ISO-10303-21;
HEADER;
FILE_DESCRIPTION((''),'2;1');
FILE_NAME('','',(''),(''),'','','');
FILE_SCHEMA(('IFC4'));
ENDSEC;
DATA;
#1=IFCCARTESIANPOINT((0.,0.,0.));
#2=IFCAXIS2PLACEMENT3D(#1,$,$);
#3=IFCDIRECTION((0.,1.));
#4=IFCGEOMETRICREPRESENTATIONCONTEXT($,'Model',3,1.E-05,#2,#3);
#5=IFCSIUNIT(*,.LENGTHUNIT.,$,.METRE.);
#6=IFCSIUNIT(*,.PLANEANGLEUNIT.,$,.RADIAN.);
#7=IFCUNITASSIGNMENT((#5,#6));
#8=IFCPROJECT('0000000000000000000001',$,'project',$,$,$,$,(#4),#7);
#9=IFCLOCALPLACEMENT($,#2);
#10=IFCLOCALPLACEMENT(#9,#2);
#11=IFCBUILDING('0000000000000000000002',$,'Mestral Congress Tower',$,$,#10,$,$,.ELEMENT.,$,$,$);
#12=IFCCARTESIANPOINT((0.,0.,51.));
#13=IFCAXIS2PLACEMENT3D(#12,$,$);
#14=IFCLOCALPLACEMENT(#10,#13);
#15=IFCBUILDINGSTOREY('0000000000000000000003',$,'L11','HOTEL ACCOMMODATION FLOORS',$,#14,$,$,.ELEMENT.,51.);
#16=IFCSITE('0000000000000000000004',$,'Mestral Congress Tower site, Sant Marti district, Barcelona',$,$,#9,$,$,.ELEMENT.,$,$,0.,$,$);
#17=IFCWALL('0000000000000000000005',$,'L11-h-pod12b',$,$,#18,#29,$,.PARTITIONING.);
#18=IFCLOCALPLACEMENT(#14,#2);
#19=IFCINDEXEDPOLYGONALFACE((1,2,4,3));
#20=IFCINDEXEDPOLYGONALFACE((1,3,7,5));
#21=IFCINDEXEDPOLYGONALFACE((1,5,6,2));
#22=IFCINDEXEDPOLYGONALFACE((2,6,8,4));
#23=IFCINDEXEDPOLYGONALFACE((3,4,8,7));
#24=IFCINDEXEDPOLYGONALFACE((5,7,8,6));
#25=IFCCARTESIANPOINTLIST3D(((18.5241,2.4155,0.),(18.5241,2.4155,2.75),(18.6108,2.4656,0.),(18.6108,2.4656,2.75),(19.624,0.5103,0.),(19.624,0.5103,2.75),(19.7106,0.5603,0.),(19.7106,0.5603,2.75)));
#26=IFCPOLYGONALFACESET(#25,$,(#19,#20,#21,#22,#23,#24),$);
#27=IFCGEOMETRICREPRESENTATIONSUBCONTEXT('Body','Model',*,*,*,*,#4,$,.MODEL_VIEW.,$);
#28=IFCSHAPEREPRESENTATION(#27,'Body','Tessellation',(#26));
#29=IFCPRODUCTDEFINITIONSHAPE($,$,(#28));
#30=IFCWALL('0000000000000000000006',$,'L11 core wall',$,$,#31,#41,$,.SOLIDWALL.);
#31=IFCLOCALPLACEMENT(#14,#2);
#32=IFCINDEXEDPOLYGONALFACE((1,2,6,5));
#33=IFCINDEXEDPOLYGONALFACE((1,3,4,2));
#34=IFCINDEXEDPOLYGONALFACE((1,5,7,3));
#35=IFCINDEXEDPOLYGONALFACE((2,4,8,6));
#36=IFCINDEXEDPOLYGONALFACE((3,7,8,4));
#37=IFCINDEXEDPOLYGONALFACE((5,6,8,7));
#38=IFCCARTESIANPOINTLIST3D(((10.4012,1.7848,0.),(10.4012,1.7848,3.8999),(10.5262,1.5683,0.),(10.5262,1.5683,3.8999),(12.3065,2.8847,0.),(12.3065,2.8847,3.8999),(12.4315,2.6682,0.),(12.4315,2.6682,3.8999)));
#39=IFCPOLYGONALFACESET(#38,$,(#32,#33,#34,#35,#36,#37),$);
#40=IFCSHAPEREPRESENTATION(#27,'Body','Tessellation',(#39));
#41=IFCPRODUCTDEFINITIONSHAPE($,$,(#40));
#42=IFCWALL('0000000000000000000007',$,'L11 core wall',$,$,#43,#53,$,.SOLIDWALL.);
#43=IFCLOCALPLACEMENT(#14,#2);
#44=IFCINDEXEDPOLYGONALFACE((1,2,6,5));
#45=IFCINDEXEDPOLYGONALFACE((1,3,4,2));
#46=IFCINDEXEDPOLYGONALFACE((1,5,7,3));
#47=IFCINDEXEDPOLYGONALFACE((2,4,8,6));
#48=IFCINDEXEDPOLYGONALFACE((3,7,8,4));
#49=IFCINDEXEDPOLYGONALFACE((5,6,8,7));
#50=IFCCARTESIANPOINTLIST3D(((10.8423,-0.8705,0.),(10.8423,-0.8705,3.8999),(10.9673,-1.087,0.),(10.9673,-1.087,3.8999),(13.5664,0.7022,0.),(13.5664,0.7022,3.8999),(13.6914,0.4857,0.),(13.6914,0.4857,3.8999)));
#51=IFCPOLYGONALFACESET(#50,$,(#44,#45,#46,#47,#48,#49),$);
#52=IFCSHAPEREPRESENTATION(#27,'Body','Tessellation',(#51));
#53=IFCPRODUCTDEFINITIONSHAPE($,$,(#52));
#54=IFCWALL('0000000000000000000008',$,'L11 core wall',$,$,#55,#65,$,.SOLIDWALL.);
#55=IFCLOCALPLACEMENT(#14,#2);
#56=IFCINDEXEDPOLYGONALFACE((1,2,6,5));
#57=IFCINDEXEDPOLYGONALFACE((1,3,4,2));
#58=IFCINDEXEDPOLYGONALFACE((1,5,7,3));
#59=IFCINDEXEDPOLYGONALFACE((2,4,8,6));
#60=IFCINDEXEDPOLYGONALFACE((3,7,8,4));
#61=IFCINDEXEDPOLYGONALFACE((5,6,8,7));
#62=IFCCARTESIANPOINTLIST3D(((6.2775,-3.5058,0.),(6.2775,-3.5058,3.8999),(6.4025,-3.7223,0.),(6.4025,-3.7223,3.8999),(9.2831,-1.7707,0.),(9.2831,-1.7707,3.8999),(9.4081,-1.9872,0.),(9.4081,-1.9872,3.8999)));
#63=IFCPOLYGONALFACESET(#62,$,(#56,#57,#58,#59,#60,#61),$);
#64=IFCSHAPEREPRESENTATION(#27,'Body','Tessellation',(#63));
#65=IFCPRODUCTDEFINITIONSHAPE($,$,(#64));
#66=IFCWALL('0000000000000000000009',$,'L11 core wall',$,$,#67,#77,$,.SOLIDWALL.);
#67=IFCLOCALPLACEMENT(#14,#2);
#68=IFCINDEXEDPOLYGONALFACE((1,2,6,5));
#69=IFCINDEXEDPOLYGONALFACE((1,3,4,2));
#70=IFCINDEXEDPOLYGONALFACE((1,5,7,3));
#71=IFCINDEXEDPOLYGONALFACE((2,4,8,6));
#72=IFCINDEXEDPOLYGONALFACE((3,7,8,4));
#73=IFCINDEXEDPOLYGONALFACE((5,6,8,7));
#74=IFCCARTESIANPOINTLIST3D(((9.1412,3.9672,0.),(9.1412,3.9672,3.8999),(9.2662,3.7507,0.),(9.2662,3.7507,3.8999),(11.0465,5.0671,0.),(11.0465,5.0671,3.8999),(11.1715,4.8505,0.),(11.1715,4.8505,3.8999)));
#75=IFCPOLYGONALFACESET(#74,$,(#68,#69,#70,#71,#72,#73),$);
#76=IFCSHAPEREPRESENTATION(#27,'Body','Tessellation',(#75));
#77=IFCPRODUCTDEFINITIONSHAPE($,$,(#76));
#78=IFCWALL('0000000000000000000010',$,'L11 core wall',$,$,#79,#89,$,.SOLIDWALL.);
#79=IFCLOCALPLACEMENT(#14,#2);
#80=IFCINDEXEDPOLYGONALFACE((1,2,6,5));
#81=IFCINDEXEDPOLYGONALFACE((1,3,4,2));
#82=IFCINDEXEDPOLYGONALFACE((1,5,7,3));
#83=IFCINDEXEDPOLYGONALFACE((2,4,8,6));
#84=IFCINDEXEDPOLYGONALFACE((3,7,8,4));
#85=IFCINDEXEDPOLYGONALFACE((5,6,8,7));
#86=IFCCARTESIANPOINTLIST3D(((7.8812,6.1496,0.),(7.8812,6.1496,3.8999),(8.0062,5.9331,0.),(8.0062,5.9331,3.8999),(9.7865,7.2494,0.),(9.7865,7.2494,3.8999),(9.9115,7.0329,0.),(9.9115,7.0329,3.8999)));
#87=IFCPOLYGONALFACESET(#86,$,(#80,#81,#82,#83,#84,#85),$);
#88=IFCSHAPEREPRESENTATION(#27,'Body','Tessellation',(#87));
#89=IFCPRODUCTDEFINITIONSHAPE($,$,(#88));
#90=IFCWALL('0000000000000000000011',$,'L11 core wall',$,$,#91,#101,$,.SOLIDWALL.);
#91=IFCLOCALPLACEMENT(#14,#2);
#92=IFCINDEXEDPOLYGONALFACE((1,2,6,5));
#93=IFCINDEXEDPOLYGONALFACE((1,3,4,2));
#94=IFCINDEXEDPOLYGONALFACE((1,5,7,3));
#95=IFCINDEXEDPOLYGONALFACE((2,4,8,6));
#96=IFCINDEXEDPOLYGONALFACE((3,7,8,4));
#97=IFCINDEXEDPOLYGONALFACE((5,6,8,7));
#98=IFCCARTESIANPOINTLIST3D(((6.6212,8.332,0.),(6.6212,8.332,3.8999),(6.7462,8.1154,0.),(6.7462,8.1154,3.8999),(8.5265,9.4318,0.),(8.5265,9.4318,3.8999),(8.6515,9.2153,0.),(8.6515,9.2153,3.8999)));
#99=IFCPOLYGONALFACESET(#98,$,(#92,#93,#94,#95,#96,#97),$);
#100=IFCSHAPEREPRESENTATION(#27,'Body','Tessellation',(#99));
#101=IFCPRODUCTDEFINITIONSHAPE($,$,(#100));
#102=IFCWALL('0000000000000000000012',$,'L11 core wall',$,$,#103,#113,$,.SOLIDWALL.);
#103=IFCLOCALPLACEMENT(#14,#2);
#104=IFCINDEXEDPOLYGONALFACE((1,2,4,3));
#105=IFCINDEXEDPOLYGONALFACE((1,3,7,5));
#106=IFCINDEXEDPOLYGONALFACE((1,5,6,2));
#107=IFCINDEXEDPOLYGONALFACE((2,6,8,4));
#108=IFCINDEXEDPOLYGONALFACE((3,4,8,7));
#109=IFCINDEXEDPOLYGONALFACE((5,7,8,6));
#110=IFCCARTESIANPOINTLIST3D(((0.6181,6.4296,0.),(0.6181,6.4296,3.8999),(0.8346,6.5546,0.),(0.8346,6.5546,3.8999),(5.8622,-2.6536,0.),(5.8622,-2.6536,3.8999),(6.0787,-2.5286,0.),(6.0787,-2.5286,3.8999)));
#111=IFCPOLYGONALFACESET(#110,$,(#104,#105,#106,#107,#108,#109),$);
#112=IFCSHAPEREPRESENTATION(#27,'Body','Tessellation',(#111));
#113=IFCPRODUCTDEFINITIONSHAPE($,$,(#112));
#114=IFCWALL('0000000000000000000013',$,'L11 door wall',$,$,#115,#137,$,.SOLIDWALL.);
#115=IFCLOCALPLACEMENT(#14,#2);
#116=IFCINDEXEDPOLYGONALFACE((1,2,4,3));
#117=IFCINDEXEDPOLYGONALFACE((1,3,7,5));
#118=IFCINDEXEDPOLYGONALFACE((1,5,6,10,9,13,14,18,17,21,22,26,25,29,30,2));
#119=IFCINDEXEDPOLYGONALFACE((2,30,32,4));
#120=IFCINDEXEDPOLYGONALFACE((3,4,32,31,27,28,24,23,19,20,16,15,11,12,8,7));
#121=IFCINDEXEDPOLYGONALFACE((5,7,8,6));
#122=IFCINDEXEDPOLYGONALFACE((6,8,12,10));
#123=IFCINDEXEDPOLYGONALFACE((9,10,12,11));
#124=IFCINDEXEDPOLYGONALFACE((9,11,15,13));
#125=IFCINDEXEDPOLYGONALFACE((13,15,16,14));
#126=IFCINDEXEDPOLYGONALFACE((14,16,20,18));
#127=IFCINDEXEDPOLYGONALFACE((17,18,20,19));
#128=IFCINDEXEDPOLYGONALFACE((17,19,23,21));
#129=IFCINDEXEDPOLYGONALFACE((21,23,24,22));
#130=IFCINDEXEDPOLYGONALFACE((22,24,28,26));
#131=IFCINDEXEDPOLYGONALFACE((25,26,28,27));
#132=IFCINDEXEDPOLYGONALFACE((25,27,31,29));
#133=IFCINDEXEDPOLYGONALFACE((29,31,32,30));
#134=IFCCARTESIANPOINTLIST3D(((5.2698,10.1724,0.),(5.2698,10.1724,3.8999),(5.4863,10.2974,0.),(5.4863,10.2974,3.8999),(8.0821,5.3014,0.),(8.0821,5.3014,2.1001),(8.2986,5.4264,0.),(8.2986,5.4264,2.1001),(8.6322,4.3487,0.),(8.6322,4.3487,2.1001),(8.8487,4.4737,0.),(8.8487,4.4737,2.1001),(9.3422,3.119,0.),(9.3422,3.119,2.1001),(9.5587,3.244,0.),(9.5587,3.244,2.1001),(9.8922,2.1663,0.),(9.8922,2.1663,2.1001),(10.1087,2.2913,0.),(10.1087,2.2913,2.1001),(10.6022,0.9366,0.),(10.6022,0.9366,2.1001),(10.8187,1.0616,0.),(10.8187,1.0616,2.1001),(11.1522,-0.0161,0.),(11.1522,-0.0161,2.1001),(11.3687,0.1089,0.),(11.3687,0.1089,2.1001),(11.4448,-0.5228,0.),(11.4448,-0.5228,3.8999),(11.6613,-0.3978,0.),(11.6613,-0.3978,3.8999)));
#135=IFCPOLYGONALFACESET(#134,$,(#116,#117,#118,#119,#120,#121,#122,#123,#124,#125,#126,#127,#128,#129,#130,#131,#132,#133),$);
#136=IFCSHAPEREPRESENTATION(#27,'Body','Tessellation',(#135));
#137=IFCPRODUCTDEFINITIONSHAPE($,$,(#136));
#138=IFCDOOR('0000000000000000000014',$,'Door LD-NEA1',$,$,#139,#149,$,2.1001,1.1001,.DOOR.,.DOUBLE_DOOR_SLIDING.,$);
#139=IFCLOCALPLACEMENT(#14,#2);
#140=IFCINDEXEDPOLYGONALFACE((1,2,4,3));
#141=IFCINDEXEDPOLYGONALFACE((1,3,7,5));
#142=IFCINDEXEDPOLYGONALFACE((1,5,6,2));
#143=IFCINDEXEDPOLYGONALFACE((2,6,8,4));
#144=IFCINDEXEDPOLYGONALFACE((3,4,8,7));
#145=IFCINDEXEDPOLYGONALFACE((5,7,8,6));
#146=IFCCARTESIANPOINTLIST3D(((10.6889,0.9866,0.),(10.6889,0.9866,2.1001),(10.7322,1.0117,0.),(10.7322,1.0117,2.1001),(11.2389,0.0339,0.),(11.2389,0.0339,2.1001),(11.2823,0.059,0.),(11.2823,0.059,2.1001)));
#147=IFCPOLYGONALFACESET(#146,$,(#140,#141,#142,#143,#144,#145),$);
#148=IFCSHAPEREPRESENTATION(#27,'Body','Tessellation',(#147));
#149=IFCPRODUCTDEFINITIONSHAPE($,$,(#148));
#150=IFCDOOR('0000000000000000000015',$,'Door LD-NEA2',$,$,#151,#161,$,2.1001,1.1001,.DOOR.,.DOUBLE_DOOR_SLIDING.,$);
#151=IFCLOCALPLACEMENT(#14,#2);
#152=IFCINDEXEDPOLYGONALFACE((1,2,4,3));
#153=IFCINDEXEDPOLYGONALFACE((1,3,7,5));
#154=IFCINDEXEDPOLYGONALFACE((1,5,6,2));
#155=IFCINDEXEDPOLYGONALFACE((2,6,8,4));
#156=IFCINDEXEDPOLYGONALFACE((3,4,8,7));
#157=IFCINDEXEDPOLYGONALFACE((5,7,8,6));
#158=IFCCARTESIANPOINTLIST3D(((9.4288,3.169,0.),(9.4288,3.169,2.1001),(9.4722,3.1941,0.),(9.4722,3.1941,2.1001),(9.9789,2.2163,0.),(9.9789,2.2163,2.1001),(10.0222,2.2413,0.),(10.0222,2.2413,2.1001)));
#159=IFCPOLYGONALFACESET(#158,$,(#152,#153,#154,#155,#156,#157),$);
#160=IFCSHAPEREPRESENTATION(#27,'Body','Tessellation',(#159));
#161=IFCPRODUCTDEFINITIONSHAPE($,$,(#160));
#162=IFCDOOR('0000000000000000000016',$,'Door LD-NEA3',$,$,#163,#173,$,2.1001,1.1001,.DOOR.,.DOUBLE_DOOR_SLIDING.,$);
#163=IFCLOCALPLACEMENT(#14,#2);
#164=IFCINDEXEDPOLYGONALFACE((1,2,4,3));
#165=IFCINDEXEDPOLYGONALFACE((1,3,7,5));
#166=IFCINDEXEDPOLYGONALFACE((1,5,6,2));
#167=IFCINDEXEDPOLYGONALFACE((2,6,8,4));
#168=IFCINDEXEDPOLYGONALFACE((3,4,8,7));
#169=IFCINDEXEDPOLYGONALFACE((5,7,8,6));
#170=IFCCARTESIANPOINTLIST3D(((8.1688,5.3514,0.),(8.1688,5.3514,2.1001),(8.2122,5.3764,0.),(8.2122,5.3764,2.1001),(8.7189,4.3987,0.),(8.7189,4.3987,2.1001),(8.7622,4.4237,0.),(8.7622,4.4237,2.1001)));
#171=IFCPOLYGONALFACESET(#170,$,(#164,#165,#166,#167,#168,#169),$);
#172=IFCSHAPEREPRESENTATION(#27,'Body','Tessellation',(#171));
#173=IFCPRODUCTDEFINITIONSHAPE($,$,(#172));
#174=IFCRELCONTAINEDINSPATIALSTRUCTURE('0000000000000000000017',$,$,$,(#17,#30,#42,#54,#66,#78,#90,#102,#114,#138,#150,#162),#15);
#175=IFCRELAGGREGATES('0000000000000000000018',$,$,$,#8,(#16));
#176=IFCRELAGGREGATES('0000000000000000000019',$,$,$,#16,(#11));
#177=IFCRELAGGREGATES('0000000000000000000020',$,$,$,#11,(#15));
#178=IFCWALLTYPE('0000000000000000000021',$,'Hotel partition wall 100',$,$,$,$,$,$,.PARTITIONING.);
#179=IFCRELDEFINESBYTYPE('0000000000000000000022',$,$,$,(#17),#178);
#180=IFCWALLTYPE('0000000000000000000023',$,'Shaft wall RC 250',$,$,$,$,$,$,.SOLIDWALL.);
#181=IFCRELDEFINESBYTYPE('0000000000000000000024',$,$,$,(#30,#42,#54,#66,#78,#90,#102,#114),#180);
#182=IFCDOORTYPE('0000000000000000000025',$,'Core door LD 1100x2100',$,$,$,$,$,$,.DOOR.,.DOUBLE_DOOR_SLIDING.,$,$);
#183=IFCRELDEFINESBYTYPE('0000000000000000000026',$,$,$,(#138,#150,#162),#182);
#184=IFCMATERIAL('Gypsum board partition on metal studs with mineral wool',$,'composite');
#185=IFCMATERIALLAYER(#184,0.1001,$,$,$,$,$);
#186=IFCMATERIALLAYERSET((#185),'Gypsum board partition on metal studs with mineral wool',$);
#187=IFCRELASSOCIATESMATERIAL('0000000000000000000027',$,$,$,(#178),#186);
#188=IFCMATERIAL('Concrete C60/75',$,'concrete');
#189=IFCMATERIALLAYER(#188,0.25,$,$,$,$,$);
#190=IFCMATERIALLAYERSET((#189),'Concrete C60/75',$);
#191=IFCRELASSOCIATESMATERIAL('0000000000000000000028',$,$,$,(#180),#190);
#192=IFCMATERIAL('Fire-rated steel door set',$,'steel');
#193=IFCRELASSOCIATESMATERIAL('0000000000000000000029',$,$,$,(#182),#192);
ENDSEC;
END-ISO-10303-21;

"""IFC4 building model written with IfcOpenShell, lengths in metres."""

from ifc_helpers import new_model, si_unit, direction, frame, frame_2d, origin, place, context, subcontext, project, spatial, rectangle, extrude, material, layer, layer_set, type_object, element, fill, save


model = new_model("IFC4")

# Units and contexts
model_context = context("Model", 3, precision=1e-05, world=origin(), true_north=direction((0.0, 1.0)))
body_context = subcontext(model_context, "Body", "Model", "MODEL_VIEW")
ifc_project = project(units=[si_unit("LENGTHUNIT", "METRE"), si_unit("PLANEANGLEUNIT", "RADIAN")], contexts=[model_context])

# Site, building, storey
site_placement = place(None, origin())
site = spatial("IfcSite", under=ifc_project, at=site_placement, Name="Mestral Congress Tower site, Sant Marti district, Barcelona", CompositionType="ELEMENT", RefElevation=0.0)
building_placement = place(site_placement, origin())
building = spatial("IfcBuilding", under=site, at=building_placement, Name="Mestral Congress Tower", CompositionType="ELEMENT")
storey_placement = place(building_placement, frame((0.0, 0.0, 51.0)))
storey = spatial("IfcBuildingStorey", under=building, at=storey_placement, Name="L11", Description="HOTEL ACCOMMODATION FLOORS", CompositionType="ELEMENT", Elevation=51.0)

# Walls
ifc_material_1 = material(Name="Gypsum board partition on metal studs with mineral wool", Category="composite")
ifc_layer_1 = layer(ifc_material_1, 0.1001)
ifc_layer_set_1 = layer_set([ifc_layer_1], Name="Gypsum board partition on metal studs with mineral wool")
wall_type_1 = type_object("IfcWallType", Name="Hotel partition wall 100", PredefinedType="PARTITIONING", material=ifc_layer_set_1)
wall_1_placement = place(storey_placement, frame((18.5674, 2.4407, 0.0), z_axis=(0.0, 0.0, 1.0), x_axis=(0.499947, -0.866056, 0.0)))
element("IfcWall", 1, at=wall_1_placement, inside=storey, type_object=wall_type_1, Name="L11-h-pod12b", PredefinedType="PARTITIONING", context=body_context, shape_type="SweptSolid", body=[
    extrude(rectangle(XDim=2.2, YDim=0.1001, at=frame_2d((1.1001, 0.0))), origin(), (0.0, 0.0, 1.0), 2.75),
])
ifc_material_2 = material(Name="Concrete C60/75", Category="concrete")
ifc_layer_2 = layer(ifc_material_2, 0.25)
ifc_layer_set_2 = layer_set([ifc_layer_2], Name="Concrete C60/75")
wall_type_2 = type_object("IfcWallType", Name="Shaft wall RC 250", PredefinedType="SOLIDWALL", material=ifc_layer_set_2)
wall_2_placement = place(storey_placement, frame((10.4636, 1.6765, 0.0), z_axis=(0.0, 0.0, 1.0), x_axis=(0.866056, 0.499947, 0.0)))
element("IfcWall", 2, at=wall_2_placement, inside=storey, type_object=wall_type_2, Name="L11 core wall", PredefinedType="SOLIDWALL", context=body_context, shape_type="SweptSolid", body=[
    extrude(rectangle(XDim=2.2, YDim=0.25, at=frame_2d((1.1001, 0.0))), origin(), (0.0, 0.0, 1.0), 3.8999),
])
wall_3_placement = place(storey_placement, frame((13.6289, 0.594, 0.0), z_axis=(0.0, 0.0, 1.0), x_axis=(-0.866028, -0.499996, 0.0)))
element("IfcWall", 3, at=wall_3_placement, inside=storey, type_object=wall_type_2, Name="L11 core wall", PredefinedType="SOLIDWALL", context=body_context, shape_type="SweptSolid", body=[
    extrude(rectangle(XDim=3.1455, YDim=0.25, at=frame_2d((1.5728, 0.0))), origin(), (0.0, 0.0, 1.0), 3.8999),
])
wall_4_placement = place(storey_placement, frame((9.3457, -1.8789, 0.0), z_axis=(0.0, 0.0, 1.0), x_axis=(-0.866049, -0.49996, 0.0)))
element("IfcWall", 4, at=wall_4_placement, inside=storey, type_object=wall_type_2, Name="L11 core wall", PredefinedType="SOLIDWALL", context=body_context, shape_type="SweptSolid", body=[
    extrude(rectangle(XDim=3.4705, YDim=0.25, at=frame_2d((1.7354, 0.0))), origin(), (0.0, 0.0, 1.0), 3.8999),
])
for number, where, z_axis, x_axis, name in (
    (5, (9.2036, 3.8589, 0.0), (0.0, 0.0, 1.0), (0.866056, 0.499947, 0.0), "L11 core wall"),
    (6, (7.9436, 6.0413, 0.0), (0.0, 0.0, 1.0), (0.866056, 0.499947, 0.0), "L11 core wall"),
    (7, (6.6836, 8.2236, 0.0), (0.0, 0.0, 1.0), (0.866056, 0.499947, 0.0), "L11 core wall"),
):
    element("IfcWall", number, at=place(storey_placement, frame(where, z_axis=z_axis, x_axis=x_axis)), inside=storey, type_object=wall_type_2, Name=name, PredefinedType="SOLIDWALL", context=body_context, shape_type="SweptSolid", body=[
        extrude(rectangle(XDim=2.2, YDim=0.25, at=frame_2d((1.1001, 0.0))), origin(), (0.0, 0.0, 1.0), 3.8999),
    ])
wall_5_placement = place(storey_placement, frame((5.9705, -2.5911, 0.0), z_axis=(0.0, 0.0, 1.0), x_axis=(-0.499994, 0.866029, 0.0)))
element("IfcWall", 8, at=wall_5_placement, inside=storey, type_object=wall_type_2, Name="L11 core wall", PredefinedType="SOLIDWALL", context=body_context, shape_type="SweptSolid", body=[
    extrude(rectangle(XDim=10.4883, YDim=0.25, at=frame_2d((5.2441, 0.0))), origin(), (0.0, 0.0, 1.0), 3.8999),
])

# Wall, openings, doors
wall_6_placement = place(storey_placement, frame((11.553, -0.4602, 0.0), z_axis=(0.0, 0.0, 1.0), x_axis=(-0.500007, 0.866022, 0.0)))
wall_6 = element("IfcWall", 9, at=wall_6_placement, inside=storey, type_object=wall_type_2, Name="L11 door wall", PredefinedType="SOLIDWALL", context=body_context, shape_type="SweptSolid", body=[
    extrude(rectangle(XDim=12.3499, YDim=0.25, at=frame_2d((6.1748, 0.0))), origin(), (0.0, 0.0, 1.0), 3.8999),
])
opening_1_placement = place(wall_6_placement, frame((0.585, 0.0, 0.0)))
opening_1 = element("IfcOpeningElement", 10, at=opening_1_placement, cuts=wall_6, PredefinedType="OPENING", context=body_context, shape_type="SweptSolid", body=[
    extrude(rectangle(XDim=1.1001, YDim=2.1001, at=frame_2d((0.55, 1.05))), frame((0.0, 0.135, 0.0), z_axis=(0.0, -1.0, 0.0), x_axis=(1.0, 0.0, 0.0)), (0.0, 0.0, 1.0), 0.27),
])
opening_2_placement = place(wall_6_placement, frame((3.105, 0.0, 0.0)))
opening_2 = element("IfcOpeningElement", 11, at=opening_2_placement, cuts=wall_6, PredefinedType="OPENING", context=body_context, shape_type="SweptSolid", body=[
    extrude(rectangle(XDim=1.1001, YDim=2.1001, at=frame_2d((0.55, 1.05))), frame((0.0, 0.135, 0.0), z_axis=(0.0, -1.0, 0.0), x_axis=(1.0, 0.0, 0.0)), (0.0, 0.0, 1.0), 0.27),
])
opening_3_placement = place(wall_6_placement, frame((5.625, 0.0, 0.0)))
opening_3 = element("IfcOpeningElement", 12, at=opening_3_placement, cuts=wall_6, PredefinedType="OPENING", context=body_context, shape_type="SweptSolid", body=[
    extrude(rectangle(XDim=1.1001, YDim=2.1001, at=frame_2d((0.55, 1.05))), frame((0.0, 0.135, 0.0), z_axis=(0.0, -1.0, 0.0), x_axis=(1.0, 0.0, 0.0)), (0.0, 0.0, 1.0), 0.27),
])
ifc_material_3 = material(Name="Fire-rated steel door set", Category="steel")
door_type_1 = type_object("IfcDoorType", Name="Core door LD 1100x2100", OperationType="DOUBLE_DOOR_SLIDING", PredefinedType="DOOR", material=ifc_material_3)
door_1_placement = place(opening_1_placement, origin())
door_1 = element("IfcDoor", 13, at=door_1_placement, inside=storey, type_object=door_type_1, Name="Door LD-NEA1", OperationType="DOUBLE_DOOR_SLIDING", OverallHeight=2.1001, OverallWidth=1.1001, PredefinedType="DOOR", context=body_context, shape_type="SweptSolid", body=[
    extrude(rectangle(XDim=1.1001, YDim=2.1001, at=frame_2d((0.55, 1.05))), frame((0.0, 0.0249, 0.0), z_axis=(0.0, -1.0, 0.0), x_axis=(1.0, 0.0, 0.0)), (0.0, 0.0, 1.0), 0.05),
])
fill(opening_1, door_1)
door_2_placement = place(opening_2_placement, origin())
door_2 = element("IfcDoor", 14, at=door_2_placement, inside=storey, type_object=door_type_1, Name="Door LD-NEA2", OperationType="DOUBLE_DOOR_SLIDING", OverallHeight=2.1001, OverallWidth=1.1001, PredefinedType="DOOR", context=body_context, shape_type="SweptSolid", body=[
    extrude(rectangle(XDim=1.1001, YDim=2.1001, at=frame_2d((0.55, 1.05))), frame((0.0, 0.0249, 0.0), z_axis=(0.0, -1.0, 0.0), x_axis=(1.0, 0.0, 0.0)), (0.0, 0.0, 1.0), 0.05),
])
fill(opening_2, door_2)
door_3_placement = place(opening_3_placement, origin())
door_3 = element("IfcDoor", 15, at=door_3_placement, inside=storey, type_object=door_type_1, Name="Door LD-NEA3", OperationType="DOUBLE_DOOR_SLIDING", OverallHeight=2.1001, OverallWidth=1.1001, PredefinedType="DOOR", context=body_context, shape_type="SweptSolid", body=[
    extrude(rectangle(XDim=1.1001, YDim=2.1001, at=frame_2d((0.55, 1.05))), frame((0.0, 0.0249, 0.0), z_axis=(0.0, -1.0, 0.0), x_axis=(1.0, 0.0, 0.0)), (0.0, 0.0, 1.0), 0.05),
])
fill(opening_3, door_3)

save(model, "model.ifc")
